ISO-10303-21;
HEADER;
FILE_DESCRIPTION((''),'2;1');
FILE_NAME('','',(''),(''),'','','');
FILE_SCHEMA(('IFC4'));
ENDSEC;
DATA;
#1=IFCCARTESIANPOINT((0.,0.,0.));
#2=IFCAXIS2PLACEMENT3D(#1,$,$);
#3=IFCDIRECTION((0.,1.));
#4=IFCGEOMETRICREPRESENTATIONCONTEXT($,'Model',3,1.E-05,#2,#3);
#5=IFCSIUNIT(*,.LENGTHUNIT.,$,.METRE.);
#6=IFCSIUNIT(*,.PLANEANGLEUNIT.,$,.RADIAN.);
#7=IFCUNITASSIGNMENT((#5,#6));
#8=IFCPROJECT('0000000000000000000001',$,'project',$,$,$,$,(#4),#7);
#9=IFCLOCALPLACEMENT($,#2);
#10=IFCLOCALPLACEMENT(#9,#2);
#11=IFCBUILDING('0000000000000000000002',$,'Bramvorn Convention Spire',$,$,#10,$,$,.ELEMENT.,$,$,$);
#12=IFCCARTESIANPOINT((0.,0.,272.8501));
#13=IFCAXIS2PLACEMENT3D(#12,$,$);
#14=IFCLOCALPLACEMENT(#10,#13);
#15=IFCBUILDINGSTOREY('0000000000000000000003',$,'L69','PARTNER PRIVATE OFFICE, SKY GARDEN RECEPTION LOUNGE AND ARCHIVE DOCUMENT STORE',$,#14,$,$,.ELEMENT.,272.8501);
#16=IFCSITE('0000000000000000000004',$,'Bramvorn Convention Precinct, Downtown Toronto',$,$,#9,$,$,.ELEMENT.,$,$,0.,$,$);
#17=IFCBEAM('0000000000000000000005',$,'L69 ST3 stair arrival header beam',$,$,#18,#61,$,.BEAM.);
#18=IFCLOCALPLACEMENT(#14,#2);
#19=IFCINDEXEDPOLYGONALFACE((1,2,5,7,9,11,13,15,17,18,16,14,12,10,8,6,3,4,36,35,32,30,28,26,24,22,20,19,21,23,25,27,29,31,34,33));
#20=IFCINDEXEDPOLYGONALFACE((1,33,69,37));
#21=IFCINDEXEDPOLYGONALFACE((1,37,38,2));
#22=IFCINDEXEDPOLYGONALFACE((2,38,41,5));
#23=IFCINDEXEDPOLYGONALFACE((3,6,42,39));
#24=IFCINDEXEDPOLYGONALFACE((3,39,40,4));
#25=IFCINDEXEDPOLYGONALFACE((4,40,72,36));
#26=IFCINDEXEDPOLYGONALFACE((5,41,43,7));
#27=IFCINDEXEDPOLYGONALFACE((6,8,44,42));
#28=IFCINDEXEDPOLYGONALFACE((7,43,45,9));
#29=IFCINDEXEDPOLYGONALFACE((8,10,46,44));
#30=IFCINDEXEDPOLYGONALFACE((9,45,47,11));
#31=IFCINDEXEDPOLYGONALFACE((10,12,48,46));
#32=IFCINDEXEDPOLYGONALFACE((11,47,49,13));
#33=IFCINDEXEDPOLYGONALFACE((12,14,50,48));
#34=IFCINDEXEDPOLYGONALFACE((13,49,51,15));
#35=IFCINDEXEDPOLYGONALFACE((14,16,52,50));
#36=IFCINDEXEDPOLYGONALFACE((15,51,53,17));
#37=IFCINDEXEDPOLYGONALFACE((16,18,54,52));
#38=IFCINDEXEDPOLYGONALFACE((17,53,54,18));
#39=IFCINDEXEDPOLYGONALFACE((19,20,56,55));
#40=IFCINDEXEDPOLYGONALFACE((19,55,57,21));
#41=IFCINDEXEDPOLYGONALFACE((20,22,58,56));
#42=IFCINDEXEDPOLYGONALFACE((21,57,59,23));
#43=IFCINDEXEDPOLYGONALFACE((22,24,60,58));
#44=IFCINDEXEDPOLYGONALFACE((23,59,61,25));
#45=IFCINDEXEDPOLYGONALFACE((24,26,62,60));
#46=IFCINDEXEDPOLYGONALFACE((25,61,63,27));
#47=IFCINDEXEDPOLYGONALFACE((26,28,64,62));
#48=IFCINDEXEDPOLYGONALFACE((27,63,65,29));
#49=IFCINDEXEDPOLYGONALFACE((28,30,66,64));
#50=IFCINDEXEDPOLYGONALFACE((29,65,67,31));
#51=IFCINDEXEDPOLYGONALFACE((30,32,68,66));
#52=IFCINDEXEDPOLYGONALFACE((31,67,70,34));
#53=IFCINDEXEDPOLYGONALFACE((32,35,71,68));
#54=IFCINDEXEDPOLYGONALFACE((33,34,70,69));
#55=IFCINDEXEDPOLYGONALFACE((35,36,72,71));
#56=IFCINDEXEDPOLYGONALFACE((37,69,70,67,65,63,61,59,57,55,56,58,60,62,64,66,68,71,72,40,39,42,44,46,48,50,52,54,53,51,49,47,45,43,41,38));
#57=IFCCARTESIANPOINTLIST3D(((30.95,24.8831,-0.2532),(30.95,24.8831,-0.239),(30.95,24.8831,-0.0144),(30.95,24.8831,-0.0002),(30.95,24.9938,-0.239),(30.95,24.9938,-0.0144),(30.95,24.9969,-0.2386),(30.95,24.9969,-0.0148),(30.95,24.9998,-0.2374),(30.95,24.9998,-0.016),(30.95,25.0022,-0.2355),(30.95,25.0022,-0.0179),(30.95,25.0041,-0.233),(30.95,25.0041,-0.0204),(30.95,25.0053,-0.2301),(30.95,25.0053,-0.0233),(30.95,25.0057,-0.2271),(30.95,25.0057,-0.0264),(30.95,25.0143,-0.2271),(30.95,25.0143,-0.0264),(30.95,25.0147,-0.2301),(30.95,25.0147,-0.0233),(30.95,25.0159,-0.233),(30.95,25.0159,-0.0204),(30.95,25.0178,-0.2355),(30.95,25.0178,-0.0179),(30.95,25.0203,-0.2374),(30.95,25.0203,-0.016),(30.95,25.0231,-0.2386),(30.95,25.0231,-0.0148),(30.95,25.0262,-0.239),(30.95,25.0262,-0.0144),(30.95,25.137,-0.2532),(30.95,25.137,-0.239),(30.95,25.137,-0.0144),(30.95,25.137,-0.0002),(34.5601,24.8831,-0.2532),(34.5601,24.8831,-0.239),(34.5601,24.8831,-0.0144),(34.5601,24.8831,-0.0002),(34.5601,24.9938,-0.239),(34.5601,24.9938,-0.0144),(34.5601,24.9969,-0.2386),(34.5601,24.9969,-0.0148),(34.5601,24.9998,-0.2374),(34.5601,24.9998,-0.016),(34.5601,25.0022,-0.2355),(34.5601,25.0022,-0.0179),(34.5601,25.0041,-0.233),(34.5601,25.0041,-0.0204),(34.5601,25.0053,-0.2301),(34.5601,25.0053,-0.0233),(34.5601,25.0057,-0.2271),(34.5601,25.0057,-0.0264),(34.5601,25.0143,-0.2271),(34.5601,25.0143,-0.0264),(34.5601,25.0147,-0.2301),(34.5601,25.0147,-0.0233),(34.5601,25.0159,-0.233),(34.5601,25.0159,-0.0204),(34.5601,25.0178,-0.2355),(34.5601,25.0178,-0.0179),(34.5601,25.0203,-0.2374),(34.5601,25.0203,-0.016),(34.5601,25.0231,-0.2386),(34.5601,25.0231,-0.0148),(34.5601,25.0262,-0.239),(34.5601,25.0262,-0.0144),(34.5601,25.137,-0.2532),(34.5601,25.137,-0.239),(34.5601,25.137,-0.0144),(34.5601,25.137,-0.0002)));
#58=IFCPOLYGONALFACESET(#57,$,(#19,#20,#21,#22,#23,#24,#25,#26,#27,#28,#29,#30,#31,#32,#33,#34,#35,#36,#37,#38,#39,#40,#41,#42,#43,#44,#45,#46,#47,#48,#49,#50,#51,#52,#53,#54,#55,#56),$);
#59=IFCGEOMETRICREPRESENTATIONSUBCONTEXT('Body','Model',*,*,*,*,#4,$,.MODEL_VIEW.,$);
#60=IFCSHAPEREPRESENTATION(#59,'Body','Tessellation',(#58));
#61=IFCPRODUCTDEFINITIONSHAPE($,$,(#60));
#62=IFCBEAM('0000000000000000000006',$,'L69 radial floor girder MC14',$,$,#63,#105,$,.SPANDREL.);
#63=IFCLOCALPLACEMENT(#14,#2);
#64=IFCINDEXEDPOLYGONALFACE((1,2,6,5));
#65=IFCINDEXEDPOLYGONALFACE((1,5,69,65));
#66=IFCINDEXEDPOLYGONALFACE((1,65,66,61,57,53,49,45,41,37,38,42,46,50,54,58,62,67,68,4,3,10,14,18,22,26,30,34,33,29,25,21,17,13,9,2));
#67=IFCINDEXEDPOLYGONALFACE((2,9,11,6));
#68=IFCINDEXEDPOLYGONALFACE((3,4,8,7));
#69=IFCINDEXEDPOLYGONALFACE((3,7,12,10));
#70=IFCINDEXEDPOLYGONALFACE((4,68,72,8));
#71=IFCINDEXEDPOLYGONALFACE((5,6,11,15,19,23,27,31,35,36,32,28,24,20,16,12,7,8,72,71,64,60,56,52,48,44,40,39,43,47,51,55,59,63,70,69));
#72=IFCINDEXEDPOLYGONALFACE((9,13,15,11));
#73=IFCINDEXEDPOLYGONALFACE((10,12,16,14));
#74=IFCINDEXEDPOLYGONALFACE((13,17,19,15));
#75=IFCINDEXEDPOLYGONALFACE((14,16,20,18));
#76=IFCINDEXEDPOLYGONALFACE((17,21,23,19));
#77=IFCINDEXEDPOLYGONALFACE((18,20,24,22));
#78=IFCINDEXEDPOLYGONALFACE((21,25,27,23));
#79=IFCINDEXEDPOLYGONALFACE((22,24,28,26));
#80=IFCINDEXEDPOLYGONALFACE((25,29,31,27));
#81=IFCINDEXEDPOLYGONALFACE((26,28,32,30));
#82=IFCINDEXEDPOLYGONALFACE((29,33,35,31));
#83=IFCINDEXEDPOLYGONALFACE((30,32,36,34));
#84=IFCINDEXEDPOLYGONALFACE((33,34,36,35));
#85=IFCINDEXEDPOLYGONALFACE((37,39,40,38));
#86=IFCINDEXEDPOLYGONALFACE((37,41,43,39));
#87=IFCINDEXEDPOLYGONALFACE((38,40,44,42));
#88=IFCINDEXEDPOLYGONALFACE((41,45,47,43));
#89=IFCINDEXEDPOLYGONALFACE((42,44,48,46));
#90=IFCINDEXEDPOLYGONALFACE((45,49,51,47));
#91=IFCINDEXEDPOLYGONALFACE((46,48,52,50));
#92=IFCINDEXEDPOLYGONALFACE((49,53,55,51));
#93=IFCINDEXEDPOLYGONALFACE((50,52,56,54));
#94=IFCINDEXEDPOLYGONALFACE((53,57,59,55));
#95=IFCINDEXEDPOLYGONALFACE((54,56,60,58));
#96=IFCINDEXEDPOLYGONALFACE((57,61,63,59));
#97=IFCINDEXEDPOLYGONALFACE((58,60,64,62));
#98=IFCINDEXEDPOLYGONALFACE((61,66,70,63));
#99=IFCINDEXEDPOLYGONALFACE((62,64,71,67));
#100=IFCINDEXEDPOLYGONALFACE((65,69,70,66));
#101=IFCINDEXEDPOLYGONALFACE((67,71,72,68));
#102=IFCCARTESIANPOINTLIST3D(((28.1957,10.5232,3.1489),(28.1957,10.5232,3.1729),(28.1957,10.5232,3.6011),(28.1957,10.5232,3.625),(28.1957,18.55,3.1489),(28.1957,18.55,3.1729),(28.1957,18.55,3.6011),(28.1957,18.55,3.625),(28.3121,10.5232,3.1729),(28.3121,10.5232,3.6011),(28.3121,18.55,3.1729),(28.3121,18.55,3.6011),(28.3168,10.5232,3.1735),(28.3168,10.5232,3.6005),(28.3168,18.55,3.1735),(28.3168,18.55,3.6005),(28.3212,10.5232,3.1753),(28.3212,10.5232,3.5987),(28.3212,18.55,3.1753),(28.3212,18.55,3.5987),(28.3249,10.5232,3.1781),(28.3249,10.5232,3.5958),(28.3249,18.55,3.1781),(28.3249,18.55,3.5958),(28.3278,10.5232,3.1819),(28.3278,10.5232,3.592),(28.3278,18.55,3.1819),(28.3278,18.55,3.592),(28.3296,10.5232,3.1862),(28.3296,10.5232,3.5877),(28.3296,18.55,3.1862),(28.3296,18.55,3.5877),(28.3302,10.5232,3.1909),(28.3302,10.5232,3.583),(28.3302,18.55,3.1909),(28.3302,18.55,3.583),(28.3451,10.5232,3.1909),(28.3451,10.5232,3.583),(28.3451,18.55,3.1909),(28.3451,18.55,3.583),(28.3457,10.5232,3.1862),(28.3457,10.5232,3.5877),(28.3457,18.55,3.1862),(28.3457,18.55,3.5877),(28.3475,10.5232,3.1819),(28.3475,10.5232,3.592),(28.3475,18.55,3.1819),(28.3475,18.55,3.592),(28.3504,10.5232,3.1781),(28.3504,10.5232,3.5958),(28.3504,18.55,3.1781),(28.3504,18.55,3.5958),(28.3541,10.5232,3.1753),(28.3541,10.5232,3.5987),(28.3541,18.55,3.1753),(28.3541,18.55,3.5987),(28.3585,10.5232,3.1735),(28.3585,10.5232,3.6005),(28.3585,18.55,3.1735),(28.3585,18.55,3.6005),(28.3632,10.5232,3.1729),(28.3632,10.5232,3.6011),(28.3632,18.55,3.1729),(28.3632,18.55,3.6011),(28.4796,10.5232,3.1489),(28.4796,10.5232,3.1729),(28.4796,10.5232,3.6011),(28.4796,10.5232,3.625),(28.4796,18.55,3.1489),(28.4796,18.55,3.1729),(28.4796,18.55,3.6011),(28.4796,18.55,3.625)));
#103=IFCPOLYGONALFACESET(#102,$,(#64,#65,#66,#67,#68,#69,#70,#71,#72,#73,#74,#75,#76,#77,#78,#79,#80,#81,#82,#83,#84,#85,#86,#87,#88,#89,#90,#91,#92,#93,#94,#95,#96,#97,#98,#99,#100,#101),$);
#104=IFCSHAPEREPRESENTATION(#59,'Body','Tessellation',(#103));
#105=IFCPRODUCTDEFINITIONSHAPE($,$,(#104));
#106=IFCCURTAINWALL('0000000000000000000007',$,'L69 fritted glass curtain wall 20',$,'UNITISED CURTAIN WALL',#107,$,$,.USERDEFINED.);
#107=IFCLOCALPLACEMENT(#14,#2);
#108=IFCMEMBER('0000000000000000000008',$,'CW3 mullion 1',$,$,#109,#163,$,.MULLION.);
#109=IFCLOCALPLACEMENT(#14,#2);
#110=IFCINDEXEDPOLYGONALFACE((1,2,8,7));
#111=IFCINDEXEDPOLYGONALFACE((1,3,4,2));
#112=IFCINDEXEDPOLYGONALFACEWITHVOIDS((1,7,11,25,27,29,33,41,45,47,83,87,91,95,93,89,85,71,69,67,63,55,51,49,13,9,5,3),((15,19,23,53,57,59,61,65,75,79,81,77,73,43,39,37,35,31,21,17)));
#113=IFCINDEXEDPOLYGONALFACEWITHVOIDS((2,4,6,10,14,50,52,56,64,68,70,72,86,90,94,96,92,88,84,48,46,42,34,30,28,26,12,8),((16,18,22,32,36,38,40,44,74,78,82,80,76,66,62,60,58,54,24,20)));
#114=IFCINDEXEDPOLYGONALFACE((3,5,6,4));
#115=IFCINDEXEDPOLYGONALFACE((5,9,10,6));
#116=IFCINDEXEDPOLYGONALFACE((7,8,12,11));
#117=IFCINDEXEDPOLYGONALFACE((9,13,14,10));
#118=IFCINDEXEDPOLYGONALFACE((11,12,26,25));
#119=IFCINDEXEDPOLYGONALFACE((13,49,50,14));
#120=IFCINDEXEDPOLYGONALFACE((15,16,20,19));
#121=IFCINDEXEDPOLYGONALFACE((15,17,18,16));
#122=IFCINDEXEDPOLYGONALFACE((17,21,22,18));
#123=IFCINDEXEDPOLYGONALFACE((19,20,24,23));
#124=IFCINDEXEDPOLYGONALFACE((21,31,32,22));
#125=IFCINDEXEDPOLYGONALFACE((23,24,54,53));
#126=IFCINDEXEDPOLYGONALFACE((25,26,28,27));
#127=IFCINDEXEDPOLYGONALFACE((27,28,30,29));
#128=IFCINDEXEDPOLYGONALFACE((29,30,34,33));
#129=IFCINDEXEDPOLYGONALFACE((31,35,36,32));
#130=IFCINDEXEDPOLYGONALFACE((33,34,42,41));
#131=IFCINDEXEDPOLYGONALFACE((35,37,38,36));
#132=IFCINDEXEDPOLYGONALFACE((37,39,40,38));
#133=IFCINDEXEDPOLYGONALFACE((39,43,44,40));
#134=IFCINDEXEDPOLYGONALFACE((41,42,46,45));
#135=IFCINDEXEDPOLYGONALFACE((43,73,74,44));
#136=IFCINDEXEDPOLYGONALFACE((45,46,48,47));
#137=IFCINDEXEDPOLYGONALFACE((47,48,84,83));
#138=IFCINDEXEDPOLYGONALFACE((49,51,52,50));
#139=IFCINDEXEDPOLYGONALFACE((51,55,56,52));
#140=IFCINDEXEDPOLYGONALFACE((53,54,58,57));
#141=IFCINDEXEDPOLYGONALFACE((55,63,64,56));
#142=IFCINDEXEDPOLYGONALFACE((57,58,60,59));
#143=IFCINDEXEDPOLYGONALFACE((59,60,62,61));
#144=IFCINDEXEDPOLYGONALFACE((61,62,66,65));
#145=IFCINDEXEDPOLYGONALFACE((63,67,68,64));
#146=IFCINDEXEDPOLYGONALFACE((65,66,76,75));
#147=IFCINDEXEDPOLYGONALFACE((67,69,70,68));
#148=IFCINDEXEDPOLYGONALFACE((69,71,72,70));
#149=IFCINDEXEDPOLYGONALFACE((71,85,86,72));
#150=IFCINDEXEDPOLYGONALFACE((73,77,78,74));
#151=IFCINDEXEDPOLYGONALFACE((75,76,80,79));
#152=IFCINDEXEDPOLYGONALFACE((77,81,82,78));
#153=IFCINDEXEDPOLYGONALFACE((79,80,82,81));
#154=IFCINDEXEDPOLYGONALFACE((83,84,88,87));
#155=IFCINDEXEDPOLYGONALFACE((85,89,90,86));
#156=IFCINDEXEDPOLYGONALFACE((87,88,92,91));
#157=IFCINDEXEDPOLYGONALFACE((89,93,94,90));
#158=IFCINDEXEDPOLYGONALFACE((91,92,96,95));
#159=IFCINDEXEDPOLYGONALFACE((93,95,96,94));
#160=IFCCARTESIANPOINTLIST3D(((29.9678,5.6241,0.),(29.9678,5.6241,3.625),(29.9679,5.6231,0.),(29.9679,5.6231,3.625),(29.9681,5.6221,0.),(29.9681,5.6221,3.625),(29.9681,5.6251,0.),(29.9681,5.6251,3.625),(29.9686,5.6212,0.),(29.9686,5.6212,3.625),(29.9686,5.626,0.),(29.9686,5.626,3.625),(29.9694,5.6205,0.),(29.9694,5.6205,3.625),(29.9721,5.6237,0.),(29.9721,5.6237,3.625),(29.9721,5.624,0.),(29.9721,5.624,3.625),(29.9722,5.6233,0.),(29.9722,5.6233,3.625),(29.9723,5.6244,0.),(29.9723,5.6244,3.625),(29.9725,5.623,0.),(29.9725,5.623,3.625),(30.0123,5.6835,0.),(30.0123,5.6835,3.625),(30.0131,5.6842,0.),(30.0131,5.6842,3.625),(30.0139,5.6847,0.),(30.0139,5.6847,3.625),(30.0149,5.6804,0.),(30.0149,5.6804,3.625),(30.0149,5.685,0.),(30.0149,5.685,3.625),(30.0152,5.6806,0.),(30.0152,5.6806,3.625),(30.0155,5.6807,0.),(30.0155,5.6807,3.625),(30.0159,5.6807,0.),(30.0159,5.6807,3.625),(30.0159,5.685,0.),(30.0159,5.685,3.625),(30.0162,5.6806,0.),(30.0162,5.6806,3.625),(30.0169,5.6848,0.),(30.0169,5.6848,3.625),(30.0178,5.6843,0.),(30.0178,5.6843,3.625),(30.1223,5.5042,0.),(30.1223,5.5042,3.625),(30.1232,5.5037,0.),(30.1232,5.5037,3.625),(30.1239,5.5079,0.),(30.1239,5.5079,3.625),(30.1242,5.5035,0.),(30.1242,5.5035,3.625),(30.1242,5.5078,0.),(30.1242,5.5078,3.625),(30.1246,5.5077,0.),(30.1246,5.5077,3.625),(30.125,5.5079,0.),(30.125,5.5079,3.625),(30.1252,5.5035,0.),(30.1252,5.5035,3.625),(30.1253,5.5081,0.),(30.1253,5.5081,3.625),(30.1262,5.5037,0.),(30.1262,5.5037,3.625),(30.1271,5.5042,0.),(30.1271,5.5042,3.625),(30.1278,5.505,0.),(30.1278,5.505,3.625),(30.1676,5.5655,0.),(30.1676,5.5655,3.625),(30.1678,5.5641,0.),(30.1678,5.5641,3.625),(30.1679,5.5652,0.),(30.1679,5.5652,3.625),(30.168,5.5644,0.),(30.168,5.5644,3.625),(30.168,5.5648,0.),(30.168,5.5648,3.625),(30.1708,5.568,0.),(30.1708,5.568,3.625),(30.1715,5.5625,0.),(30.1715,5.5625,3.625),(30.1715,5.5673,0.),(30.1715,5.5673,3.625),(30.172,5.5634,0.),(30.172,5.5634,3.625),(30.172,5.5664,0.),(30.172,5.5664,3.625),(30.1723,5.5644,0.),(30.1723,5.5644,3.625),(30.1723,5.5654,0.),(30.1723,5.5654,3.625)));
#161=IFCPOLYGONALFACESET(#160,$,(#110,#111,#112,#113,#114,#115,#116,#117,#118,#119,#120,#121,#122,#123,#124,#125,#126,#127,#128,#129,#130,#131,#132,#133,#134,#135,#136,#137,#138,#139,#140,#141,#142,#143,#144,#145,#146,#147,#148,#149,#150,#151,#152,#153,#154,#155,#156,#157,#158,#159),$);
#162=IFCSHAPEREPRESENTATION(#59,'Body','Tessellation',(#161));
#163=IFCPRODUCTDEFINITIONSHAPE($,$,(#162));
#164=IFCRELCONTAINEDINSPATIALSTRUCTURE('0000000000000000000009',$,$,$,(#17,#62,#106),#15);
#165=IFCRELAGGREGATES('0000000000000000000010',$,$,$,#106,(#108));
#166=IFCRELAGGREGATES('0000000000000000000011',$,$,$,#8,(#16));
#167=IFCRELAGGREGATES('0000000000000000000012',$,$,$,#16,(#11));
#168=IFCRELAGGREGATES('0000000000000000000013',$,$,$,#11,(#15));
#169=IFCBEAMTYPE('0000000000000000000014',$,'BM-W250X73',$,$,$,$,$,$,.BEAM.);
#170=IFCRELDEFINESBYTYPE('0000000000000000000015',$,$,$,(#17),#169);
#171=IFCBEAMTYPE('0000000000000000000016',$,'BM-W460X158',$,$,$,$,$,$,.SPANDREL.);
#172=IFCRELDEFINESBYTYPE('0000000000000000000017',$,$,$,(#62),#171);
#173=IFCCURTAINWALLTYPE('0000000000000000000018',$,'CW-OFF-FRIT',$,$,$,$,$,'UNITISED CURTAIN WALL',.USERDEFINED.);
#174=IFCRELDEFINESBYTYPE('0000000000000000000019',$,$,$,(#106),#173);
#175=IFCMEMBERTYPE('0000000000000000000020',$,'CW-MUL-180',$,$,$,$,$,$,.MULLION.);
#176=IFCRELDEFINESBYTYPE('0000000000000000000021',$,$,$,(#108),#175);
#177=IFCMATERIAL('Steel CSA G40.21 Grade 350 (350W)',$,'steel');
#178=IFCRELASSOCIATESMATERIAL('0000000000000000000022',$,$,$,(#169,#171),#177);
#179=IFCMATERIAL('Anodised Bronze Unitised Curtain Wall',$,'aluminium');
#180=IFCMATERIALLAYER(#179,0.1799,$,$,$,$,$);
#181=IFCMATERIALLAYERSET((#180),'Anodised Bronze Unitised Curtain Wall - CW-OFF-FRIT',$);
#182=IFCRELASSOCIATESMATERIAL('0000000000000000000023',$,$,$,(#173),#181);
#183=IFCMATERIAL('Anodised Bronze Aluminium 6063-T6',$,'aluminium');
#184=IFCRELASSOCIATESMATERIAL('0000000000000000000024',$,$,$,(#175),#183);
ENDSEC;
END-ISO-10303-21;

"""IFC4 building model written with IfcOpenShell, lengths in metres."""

from ifc_helpers import new_model, si_unit, direction, frame, origin, origin_2d, place, context, subcontext, project, spatial, hollow_rectangle, i_section, extrude, material, layer, layer_set, material_profile, profile_set, type_object, element, aggregate, save


model = new_model("IFC4")

# Units and contexts
model_context = context("Model", 3, precision=1e-05, world=origin(), true_north=direction((0.0, 1.0)))
body_context = subcontext(model_context, "Body", "Model", "MODEL_VIEW")
ifc_project = project(units=[si_unit("LENGTHUNIT", "METRE"), si_unit("PLANEANGLEUNIT", "RADIAN")], contexts=[model_context])

# Site, building, storey
site_placement = place(None, origin())
site = spatial("IfcSite", under=ifc_project, at=site_placement, Name="Bramvorn Convention Precinct, Downtown Toronto", CompositionType="ELEMENT", RefElevation=0.0)
building_placement = place(site_placement, origin())
building = spatial("IfcBuilding", under=site, at=building_placement, Name="Bramvorn Convention Spire", CompositionType="ELEMENT")
storey_placement = place(building_placement, frame((0.0, 0.0, 272.8501)))
storey = spatial("IfcBuildingStorey", under=building, at=storey_placement, Name="L69", Description="PARTNER PRIVATE OFFICE, SKY GARDEN RECEPTION LOUNGE AND ARCHIVE DOCUMENT STORE", CompositionType="ELEMENT", Elevation=272.8501)

# Beams
ifc_material_1 = material(Name="Steel CSA G40.21 Grade 350 (350W)", Category="steel")
ifc_material_profile_1 = material_profile(ifc_material_1, i_section(OverallWidth=0.2539, OverallDepth=0.2529, WebThickness=0.0085, FlangeThickness=0.0142, FilletRadius=0.012, at=origin_2d()))
ifc_profile_set_1 = profile_set([ifc_material_profile_1], Name="Steel CSA G40.21 Grade 350 (350W) - W250X73")
beam_type_1 = type_object("IfcBeamType", Name="BM-W250X73", PredefinedType="BEAM", material=ifc_profile_set_1)
beam_1_placement = place(storey_placement, frame((30.95, 25.01, -0.1267), z_axis=(1.0, 0.0, 0.0), x_axis=(0.0, 1.0, 0.0)))
element("IfcBeam", 1, at=beam_1_placement, inside=storey, type_object=beam_type_1, Name="L69 ST3 stair arrival header beam", PredefinedType="BEAM", context=body_context, shape_type="SweptSolid", body=[
    extrude(i_section(OverallWidth=0.2539, OverallDepth=0.2529, WebThickness=0.0085, FlangeThickness=0.0142, FilletRadius=0.012, at=origin_2d()), origin(), (0.0, 0.0, 1.0), 3.6101),
])
ifc_material_profile_2 = material_profile(ifc_material_1, i_section(OverallWidth=0.2839, OverallDepth=0.4761, WebThickness=0.0149, FlangeThickness=0.0239, FilletRadius=0.0181, at=origin_2d()))
ifc_profile_set_2 = profile_set([ifc_material_profile_2], Name="Steel CSA G40.21 Grade 350 (350W) - W460X158")
beam_type_2 = type_object("IfcBeamType", Name="BM-W460X158", PredefinedType="SPANDREL", material=ifc_profile_set_2)
beam_2_placement = place(storey_placement, frame((28.3376, 18.55, 3.387), z_axis=(0.0, -1.0, 0.0), x_axis=(1.0, 0.0, 0.0)))
element("IfcBeam", 2, at=beam_2_placement, inside=storey, type_object=beam_type_2, Name="L69 radial floor girder MC14", PredefinedType="SPANDREL", context=body_context, shape_type="SweptSolid", body=[
    extrude(i_section(OverallWidth=0.2839, OverallDepth=0.4761, WebThickness=0.0149, FlangeThickness=0.0239, FilletRadius=0.0181, at=origin_2d()), origin(), (0.0, 0.0, 1.0), 8.0269),
])

# Curtain wall, member
ifc_material_2 = material(Name="Anodised Bronze Unitised Curtain Wall", Category="aluminium")
ifc_layer_1 = layer(ifc_material_2, 0.1799)
ifc_layer_set_1 = layer_set([ifc_layer_1], Name="Anodised Bronze Unitised Curtain Wall - CW-OFF-FRIT")
curtain_wall_type = type_object("IfcCurtainWallType", Name="CW-OFF-FRIT", ElementType="UNITISED CURTAIN WALL", PredefinedType="USERDEFINED", material=ifc_layer_set_1)
curtain_wall_1_placement = place(storey_placement, origin())
curtain_wall_1 = element("IfcCurtainWall", 3, at=curtain_wall_1_placement, inside=storey, type_object=curtain_wall_type, Name="L69 fritted glass curtain wall 20", ObjectType="UNITISED CURTAIN WALL", PredefinedType="USERDEFINED")
ifc_material_3 = material(Name="Anodised Bronze Aluminium 6063-T6", Category="aluminium")
ifc_material_profile_3 = material_profile(ifc_material_3, hollow_rectangle(XDim=0.0801, YDim=0.2, WallThickness=0.0039, InnerFilletRadius=0.001, OuterFilletRadius=0.0039, at=origin_2d()))
ifc_profile_set_3 = profile_set([ifc_material_profile_3], Name="Anodised Bronze Aluminium 6063-T6 - CWM80X200")
member_type_1 = type_object("IfcMemberType", Name="CW-MUL-180", PredefinedType="MULLION", material=ifc_profile_set_3)
member_1_placement = place(storey_placement, frame((30.0701, 5.5942, 0.0), z_axis=(0.0, 0.0, 1.0), x_axis=(-0.605197, -0.796076, 0.0)))
member_1 = element("IfcMember", 4, at=member_1_placement, type_object=member_type_1, Name="CW3 mullion 1", PredefinedType="MULLION", context=body_context, shape_type="SweptSolid", body=[
    extrude(hollow_rectangle(XDim=0.0801, YDim=0.2, WallThickness=0.0039, InnerFilletRadius=0.001, OuterFilletRadius=0.0039, at=origin_2d()), origin(), (0.0, 0.0, 1.0), 3.625),
])

aggregate(curtain_wall_1, [member_1])

save(model, "model.ifc")
